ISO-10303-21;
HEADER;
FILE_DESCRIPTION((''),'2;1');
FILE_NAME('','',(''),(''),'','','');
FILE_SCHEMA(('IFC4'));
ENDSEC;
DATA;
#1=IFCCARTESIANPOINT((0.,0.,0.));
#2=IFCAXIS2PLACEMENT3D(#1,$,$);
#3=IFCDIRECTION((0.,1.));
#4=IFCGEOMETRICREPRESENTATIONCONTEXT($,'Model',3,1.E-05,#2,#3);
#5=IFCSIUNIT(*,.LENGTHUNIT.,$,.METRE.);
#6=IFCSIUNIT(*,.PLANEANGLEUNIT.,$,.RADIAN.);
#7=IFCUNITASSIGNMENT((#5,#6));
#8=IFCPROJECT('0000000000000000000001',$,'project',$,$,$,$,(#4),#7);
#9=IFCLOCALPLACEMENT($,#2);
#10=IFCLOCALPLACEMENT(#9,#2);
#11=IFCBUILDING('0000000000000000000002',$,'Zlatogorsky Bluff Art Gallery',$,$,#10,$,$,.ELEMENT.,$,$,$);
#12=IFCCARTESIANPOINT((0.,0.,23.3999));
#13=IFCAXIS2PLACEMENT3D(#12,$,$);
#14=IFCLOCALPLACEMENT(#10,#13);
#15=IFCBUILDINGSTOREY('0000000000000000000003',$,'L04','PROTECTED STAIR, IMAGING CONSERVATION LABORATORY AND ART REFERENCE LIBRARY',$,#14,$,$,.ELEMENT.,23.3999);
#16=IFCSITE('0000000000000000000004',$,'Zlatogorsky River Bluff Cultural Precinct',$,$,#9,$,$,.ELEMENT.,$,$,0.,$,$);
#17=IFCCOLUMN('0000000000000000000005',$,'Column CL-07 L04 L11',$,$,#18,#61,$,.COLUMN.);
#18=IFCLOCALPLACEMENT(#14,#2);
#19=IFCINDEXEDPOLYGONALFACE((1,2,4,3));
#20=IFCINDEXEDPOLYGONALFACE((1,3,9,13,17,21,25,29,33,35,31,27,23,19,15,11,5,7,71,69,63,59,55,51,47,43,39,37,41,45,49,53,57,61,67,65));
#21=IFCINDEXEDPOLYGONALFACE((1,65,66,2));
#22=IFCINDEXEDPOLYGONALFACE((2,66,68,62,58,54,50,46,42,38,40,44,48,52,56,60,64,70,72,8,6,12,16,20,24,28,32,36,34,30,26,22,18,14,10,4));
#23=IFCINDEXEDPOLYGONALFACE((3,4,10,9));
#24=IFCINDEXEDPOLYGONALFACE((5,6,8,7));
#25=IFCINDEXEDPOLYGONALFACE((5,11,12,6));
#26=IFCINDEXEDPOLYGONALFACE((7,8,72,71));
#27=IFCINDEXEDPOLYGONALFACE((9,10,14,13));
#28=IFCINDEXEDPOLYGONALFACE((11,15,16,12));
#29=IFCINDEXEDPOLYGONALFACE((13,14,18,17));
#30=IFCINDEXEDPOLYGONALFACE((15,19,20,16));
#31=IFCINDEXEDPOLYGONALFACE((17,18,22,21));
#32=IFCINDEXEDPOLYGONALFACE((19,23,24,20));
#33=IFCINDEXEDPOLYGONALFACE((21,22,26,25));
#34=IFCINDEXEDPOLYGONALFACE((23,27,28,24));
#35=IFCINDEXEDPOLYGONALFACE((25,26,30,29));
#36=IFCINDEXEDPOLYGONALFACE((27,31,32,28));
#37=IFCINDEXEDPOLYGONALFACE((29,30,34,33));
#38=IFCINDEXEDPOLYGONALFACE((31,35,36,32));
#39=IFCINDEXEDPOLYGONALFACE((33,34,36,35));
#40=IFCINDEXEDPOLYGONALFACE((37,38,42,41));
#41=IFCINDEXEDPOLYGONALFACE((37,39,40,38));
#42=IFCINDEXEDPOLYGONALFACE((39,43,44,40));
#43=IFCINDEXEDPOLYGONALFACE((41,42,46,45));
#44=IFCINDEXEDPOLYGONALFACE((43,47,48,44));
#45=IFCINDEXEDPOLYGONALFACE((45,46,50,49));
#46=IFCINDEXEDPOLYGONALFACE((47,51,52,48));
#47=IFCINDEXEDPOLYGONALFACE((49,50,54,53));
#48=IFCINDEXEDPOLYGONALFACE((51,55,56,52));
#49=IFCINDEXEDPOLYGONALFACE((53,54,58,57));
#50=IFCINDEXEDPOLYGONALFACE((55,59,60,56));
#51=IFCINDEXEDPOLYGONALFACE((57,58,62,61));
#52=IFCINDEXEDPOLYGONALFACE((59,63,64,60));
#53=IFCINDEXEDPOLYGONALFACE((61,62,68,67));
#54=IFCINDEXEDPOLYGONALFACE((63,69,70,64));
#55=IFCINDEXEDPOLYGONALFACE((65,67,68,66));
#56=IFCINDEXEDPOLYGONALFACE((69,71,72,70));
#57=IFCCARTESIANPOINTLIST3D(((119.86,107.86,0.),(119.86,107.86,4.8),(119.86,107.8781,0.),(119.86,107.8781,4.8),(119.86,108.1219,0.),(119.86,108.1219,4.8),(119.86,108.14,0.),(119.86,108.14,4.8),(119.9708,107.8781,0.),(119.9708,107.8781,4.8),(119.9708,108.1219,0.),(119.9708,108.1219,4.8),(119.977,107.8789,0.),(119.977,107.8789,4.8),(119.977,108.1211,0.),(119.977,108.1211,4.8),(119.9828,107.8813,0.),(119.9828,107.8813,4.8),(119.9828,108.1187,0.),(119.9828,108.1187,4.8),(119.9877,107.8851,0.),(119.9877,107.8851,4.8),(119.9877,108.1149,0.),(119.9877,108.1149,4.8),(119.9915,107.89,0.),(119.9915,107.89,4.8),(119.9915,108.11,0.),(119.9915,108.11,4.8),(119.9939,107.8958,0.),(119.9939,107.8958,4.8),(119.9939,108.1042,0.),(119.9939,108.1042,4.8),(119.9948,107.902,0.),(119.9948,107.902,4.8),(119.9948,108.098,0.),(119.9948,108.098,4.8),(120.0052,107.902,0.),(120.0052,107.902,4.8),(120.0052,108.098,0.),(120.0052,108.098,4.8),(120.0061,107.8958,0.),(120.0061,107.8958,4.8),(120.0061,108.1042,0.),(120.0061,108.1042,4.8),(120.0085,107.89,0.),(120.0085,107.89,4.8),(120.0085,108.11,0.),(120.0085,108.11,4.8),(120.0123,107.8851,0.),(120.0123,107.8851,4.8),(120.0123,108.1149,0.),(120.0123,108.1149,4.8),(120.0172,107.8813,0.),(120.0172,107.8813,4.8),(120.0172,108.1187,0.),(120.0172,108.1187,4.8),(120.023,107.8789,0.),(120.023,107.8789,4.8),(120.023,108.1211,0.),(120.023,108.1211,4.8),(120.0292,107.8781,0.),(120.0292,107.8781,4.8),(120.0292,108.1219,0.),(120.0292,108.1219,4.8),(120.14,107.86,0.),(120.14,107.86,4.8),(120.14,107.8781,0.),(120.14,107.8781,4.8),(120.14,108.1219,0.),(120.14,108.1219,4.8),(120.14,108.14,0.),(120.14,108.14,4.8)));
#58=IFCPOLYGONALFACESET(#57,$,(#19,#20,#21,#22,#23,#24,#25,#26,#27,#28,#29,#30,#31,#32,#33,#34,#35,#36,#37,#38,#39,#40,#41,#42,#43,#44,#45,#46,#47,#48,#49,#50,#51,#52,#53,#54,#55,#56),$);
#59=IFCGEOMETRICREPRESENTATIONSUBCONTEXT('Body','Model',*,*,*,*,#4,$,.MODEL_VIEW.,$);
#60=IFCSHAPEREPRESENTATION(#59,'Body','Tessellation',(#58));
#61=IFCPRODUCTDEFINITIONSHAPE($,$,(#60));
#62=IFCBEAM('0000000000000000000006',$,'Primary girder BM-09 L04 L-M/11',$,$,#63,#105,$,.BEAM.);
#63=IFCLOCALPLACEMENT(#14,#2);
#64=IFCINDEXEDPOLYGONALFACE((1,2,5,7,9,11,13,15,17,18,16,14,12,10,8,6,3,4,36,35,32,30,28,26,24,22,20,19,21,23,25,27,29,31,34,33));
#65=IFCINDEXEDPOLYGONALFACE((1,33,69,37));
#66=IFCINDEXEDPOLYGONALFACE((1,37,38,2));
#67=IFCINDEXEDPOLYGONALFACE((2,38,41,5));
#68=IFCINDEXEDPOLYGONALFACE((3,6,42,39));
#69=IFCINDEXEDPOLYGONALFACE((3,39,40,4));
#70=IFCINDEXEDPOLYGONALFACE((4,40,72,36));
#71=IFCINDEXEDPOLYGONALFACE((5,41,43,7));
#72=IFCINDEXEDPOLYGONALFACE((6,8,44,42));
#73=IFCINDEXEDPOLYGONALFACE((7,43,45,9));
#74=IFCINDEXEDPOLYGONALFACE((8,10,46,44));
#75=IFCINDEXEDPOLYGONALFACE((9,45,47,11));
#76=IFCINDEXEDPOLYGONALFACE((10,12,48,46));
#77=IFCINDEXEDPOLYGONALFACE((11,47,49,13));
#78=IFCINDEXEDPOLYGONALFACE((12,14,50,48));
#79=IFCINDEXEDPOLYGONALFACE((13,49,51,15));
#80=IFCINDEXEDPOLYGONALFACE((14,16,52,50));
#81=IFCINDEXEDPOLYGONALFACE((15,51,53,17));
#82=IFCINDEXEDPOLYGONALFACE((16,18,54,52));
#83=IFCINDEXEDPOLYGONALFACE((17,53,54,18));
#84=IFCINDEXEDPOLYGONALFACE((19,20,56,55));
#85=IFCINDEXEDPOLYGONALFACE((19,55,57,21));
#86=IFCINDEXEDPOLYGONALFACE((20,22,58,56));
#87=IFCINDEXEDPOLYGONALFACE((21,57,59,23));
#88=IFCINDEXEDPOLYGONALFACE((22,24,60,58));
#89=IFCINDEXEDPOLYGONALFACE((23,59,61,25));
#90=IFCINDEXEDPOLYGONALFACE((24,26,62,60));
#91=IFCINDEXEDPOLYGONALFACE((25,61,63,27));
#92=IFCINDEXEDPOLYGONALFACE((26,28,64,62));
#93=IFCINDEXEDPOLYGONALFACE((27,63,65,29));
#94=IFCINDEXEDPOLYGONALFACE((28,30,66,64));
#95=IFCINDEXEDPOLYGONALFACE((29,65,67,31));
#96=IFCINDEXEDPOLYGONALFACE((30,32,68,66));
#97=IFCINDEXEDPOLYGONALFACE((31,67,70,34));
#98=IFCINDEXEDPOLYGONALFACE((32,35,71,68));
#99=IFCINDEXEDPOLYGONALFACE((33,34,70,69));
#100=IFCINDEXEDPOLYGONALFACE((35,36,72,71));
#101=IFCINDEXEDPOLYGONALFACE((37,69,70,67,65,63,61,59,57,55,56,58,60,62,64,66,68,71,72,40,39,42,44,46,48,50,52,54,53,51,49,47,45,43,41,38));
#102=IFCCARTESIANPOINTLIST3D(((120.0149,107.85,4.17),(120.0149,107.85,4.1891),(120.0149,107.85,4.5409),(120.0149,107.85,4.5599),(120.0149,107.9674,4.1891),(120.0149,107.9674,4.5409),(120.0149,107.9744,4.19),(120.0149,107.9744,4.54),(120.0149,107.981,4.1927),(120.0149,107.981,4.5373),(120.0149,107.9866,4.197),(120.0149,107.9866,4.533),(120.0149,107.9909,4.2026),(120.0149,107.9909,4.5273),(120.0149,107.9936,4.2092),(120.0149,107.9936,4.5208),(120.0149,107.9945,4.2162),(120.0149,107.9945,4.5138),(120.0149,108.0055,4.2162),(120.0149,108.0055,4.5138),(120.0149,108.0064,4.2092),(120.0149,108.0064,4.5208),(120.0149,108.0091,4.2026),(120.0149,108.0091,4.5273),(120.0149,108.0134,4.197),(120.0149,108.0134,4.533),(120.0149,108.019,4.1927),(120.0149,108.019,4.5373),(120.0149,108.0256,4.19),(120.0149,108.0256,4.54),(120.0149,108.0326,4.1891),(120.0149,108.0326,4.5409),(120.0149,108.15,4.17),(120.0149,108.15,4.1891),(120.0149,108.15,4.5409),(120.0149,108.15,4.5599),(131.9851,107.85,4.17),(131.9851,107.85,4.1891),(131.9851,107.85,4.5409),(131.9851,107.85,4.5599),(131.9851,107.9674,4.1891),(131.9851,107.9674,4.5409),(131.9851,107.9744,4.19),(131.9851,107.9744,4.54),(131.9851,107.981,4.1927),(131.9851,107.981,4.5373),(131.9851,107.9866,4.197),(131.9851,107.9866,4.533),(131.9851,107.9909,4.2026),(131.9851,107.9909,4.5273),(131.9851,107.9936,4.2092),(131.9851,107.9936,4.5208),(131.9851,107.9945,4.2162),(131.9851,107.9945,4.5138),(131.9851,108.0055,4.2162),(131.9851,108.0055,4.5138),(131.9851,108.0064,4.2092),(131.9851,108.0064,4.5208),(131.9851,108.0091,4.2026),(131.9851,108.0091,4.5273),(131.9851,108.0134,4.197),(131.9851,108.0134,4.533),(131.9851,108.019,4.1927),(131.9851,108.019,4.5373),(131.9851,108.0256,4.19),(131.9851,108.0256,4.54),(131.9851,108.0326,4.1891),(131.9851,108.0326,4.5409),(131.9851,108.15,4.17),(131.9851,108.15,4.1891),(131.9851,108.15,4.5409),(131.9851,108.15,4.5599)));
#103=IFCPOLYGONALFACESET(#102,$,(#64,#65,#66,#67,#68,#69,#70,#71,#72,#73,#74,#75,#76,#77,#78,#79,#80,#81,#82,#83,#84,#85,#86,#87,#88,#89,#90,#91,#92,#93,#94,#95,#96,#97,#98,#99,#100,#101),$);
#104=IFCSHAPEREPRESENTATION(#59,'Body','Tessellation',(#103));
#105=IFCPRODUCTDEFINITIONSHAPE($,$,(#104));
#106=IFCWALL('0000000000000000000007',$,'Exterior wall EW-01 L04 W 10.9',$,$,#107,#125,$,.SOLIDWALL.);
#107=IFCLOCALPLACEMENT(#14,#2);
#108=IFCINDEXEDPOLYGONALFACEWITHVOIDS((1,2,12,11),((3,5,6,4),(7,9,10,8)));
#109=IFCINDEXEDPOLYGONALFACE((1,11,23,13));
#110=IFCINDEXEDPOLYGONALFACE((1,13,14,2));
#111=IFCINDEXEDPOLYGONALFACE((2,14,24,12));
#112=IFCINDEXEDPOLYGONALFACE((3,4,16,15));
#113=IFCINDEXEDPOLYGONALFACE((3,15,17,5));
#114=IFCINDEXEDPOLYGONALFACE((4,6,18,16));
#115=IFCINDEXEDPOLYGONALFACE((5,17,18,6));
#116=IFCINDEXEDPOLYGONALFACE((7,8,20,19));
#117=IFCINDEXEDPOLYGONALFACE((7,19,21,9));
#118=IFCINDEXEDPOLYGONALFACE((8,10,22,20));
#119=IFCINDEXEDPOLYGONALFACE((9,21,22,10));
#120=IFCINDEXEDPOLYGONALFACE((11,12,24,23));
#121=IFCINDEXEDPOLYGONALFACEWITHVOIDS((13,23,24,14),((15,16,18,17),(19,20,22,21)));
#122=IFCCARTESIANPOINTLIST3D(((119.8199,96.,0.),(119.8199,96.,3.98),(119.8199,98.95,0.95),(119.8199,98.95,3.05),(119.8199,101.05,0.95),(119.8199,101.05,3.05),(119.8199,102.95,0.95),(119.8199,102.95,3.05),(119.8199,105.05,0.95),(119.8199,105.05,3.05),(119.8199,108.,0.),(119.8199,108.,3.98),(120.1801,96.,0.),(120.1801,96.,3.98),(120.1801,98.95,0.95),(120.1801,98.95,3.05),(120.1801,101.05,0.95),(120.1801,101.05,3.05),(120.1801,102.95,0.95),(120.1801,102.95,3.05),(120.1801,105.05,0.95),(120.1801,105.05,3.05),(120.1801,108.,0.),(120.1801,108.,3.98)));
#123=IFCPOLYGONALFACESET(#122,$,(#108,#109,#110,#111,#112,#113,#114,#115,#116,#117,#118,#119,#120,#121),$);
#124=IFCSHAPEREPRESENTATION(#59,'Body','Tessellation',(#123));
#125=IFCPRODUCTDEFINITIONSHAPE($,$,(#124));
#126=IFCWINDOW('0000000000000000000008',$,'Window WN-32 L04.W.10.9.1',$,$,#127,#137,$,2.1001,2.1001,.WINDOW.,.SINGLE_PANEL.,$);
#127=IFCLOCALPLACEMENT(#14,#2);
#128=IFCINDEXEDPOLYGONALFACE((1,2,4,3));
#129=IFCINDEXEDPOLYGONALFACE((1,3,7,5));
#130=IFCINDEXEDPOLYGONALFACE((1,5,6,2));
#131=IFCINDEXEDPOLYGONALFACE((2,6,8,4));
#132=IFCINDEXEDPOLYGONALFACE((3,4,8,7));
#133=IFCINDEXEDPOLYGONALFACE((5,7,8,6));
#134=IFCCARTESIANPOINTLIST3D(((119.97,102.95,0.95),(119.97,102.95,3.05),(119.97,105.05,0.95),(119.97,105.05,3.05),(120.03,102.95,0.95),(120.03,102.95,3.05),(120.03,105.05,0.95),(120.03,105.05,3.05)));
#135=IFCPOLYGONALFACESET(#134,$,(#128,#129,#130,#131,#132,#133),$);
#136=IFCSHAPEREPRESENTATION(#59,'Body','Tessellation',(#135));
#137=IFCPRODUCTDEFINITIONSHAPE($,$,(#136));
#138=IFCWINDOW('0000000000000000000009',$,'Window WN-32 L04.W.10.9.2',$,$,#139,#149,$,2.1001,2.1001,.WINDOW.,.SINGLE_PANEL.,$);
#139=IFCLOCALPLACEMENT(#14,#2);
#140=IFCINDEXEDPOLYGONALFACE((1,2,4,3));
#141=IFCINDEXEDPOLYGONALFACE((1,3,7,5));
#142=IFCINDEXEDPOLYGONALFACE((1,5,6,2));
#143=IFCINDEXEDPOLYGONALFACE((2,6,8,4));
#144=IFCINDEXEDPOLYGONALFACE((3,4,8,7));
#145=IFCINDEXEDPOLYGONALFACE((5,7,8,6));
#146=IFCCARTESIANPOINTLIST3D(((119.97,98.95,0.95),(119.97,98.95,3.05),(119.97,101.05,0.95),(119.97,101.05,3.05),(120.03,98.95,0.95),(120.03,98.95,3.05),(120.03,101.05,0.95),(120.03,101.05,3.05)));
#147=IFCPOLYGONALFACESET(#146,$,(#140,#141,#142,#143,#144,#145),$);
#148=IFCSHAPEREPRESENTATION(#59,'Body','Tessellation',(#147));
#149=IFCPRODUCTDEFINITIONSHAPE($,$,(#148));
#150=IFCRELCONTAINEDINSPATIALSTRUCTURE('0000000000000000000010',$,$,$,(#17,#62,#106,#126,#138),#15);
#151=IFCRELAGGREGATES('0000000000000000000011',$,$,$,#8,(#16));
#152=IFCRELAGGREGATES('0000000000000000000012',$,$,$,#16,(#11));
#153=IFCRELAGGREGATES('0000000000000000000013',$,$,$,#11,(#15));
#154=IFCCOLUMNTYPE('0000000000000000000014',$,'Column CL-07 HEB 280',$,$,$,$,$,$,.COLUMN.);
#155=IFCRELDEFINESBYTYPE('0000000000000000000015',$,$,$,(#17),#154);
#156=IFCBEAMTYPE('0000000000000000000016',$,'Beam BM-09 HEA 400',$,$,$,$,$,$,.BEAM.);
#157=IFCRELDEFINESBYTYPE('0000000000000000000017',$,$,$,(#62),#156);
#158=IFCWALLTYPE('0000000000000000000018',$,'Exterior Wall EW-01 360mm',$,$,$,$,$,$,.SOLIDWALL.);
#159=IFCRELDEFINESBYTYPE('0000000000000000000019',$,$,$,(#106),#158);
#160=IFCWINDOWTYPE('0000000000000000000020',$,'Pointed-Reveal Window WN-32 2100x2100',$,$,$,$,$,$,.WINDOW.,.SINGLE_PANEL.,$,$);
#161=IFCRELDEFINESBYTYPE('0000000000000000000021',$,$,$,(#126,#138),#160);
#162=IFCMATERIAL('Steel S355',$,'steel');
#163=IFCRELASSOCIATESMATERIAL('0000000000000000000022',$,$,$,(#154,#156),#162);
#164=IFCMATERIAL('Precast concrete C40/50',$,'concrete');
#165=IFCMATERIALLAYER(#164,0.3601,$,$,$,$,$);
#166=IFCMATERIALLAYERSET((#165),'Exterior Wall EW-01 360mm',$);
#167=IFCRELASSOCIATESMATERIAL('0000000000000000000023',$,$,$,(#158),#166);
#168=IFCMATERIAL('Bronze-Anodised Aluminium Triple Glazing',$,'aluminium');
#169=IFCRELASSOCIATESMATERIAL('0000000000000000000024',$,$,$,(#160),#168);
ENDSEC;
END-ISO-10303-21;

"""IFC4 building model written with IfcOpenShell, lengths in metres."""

from ifc_helpers import new_model, si_unit, direction, frame, frame_2d, origin, origin_2d, place, context, subcontext, project, spatial, rectangle, i_section, extrude, material, layer, layer_set, material_profile, profile_set, type_object, element, fill, save


model = new_model("IFC4")

# Units and contexts
model_context = context("Model", 3, precision=1e-05, world=origin(), true_north=direction((0.0, 1.0)))
body_context = subcontext(model_context, "Body", "Model", "MODEL_VIEW")
ifc_project = project(units=[si_unit("LENGTHUNIT", "METRE"), si_unit("PLANEANGLEUNIT", "RADIAN")], contexts=[model_context])

# Site, building, storey
site_placement = place(None, origin())
site = spatial("IfcSite", under=ifc_project, at=site_placement, Name="Zlatogorsky River Bluff Cultural Precinct", CompositionType="ELEMENT", RefElevation=0.0)
building_placement = place(site_placement, origin())
building = spatial("IfcBuilding", under=site, at=building_placement, Name="Zlatogorsky Bluff Art Gallery", CompositionType="ELEMENT")
storey_placement = place(building_placement, frame((0.0, 0.0, 23.3999)))
storey = spatial("IfcBuildingStorey", under=building, at=storey_placement, Name="L04", Description="PROTECTED STAIR, IMAGING CONSERVATION LABORATORY AND ART REFERENCE LIBRARY", CompositionType="ELEMENT", Elevation=23.3999)

# Column
ifc_material_1 = material(Name="Steel S355", Category="steel")
ifc_material_profile_1 = material_profile(ifc_material_1, i_section(OverallWidth=0.28, OverallDepth=0.28, WebThickness=0.0105, FlangeThickness=0.0181, FilletRadius=0.0239, at=origin_2d()), Name="HEB 280")
ifc_profile_set_1 = profile_set([ifc_material_profile_1], Name="Steel S355")
column_type = type_object("IfcColumnType", Name="Column CL-07 HEB 280", PredefinedType="COLUMN", material=ifc_profile_set_1)
column_placement = place(storey_placement, frame((120.0, 108.0, 0.0), z_axis=(0.0, 0.0, 1.0), x_axis=(1.0, 0.0, 0.0)))
element("IfcColumn", 1, at=column_placement, inside=storey, type_object=column_type, Name="Column CL-07 L04 L11", PredefinedType="COLUMN", context=body_context, shape_type="SweptSolid", body=[
    extrude(i_section(OverallWidth=0.28, OverallDepth=0.28, WebThickness=0.0105, FlangeThickness=0.0181, FilletRadius=0.0239, at=origin_2d()), origin(), (0.0, 0.0, 1.0), 4.8),
])

# Beam
ifc_material_profile_2 = material_profile(ifc_material_1, i_section(OverallWidth=0.3, OverallDepth=0.3899, WebThickness=0.011, FlangeThickness=0.019, FilletRadius=0.0271, at=origin_2d()), Name="HEA 400")
ifc_profile_set_2 = profile_set([ifc_material_profile_2], Name="Steel S355")
beam_type = type_object("IfcBeamType", Name="Beam BM-09 HEA 400", PredefinedType="BEAM", material=ifc_profile_set_2)
beam_placement = place(storey_placement, frame((120.0149, 108.0, 4.365), z_axis=(1.0, 0.0, 0.0), x_axis=(0.0, 1.0, 0.0)))
element("IfcBeam", 2, at=beam_placement, inside=storey, type_object=beam_type, Name="Primary girder BM-09 L04 L-M/11", PredefinedType="BEAM", context=body_context, shape_type="SweptSolid", body=[
    extrude(i_section(OverallWidth=0.3, OverallDepth=0.3899, WebThickness=0.011, FlangeThickness=0.019, FilletRadius=0.0271, at=origin_2d()), origin(), (0.0, 0.0, 1.0), 11.9702),
])

# Wall, openings, windows
ifc_material_2 = material(Name="Precast concrete C40/50", Category="concrete")
ifc_layer_1 = layer(ifc_material_2, 0.3601)
ifc_layer_set_1 = layer_set([ifc_layer_1], Name="Exterior Wall EW-01 360mm")
wall_type_1 = type_object("IfcWallType", Name="Exterior Wall EW-01 360mm", PredefinedType="SOLIDWALL", material=ifc_layer_set_1)
wall_1_placement = place(storey_placement, frame((120.0, 108.0, 0.0), z_axis=(0.0, 0.0, 1.0), x_axis=(0.0, -1.0, 0.0)))
wall_1 = element("IfcWall", 3, at=wall_1_placement, inside=storey, type_object=wall_type_1, Name="Exterior wall EW-01 L04 W 10.9", PredefinedType="SOLIDWALL", context=body_context, shape_type="SweptSolid", body=[
    extrude(rectangle(XDim=12.0, YDim=0.3601, at=frame_2d((6.0, 0.0))), origin(), (0.0, 0.0, 1.0), 3.98),
])
opening_1_placement = place(wall_1_placement, frame((2.95, 0.0, 0.95)))
opening_1 = element("IfcOpeningElement", 4, at=opening_1_placement, cuts=wall_1, PredefinedType="OPENING", context=body_context, shape_type="SweptSolid", body=[
    extrude(rectangle(XDim=2.1001, YDim=2.1001, at=frame_2d((1.05, 1.05))), frame((0.0, 0.1899, 0.0), z_axis=(0.0, -1.0, 0.0), x_axis=(1.0, 0.0, 0.0)), (0.0, 0.0, 1.0), 0.3801),
])
opening_2_placement = place(wall_1_placement, frame((6.95, 0.0, 0.95)))
opening_2 = element("IfcOpeningElement", 5, at=opening_2_placement, cuts=wall_1, PredefinedType="OPENING", context=body_context, shape_type="SweptSolid", body=[
    extrude(rectangle(XDim=2.1001, YDim=2.1001, at=frame_2d((1.05, 1.05))), frame((0.0, 0.1899, 0.0), z_axis=(0.0, -1.0, 0.0), x_axis=(1.0, 0.0, 0.0)), (0.0, 0.0, 1.0), 0.3801),
])
ifc_material_3 = material(Name="Bronze-Anodised Aluminium Triple Glazing", Category="aluminium")
window_type = type_object("IfcWindowType", Name="Pointed-Reveal Window WN-32 2100x2100", PartitioningType="SINGLE_PANEL", PredefinedType="WINDOW", material=ifc_material_3)
window_1_placement = place(opening_1_placement, origin())
window_1 = element("IfcWindow", 6, at=window_1_placement, inside=storey, type_object=window_type, Name="Window WN-32 L04.W.10.9.1", OverallHeight=2.1001, OverallWidth=2.1001, PartitioningType="SINGLE_PANEL", PredefinedType="WINDOW", context=body_context, shape_type="SweptSolid", body=[
    extrude(rectangle(XDim=2.1001, YDim=2.1001, at=frame_2d((1.05, 1.05))), frame((0.0, 0.03, 0.0), z_axis=(0.0, -1.0, 0.0), x_axis=(1.0, 0.0, 0.0)), (0.0, 0.0, 1.0), 0.0601),
])
fill(opening_1, window_1)
window_2_placement = place(opening_2_placement, origin())
window_2 = element("IfcWindow", 7, at=window_2_placement, inside=storey, type_object=window_type, Name="Window WN-32 L04.W.10.9.2", OverallHeight=2.1001, OverallWidth=2.1001, PartitioningType="SINGLE_PANEL", PredefinedType="WINDOW", context=body_context, shape_type="SweptSolid", body=[
    extrude(rectangle(XDim=2.1001, YDim=2.1001, at=frame_2d((1.05, 1.05))), frame((0.0, 0.03, 0.0), z_axis=(0.0, -1.0, 0.0), x_axis=(1.0, 0.0, 0.0)), (0.0, 0.0, 1.0), 0.0601),
])
fill(opening_2, window_2)

save(model, "model.ifc")
